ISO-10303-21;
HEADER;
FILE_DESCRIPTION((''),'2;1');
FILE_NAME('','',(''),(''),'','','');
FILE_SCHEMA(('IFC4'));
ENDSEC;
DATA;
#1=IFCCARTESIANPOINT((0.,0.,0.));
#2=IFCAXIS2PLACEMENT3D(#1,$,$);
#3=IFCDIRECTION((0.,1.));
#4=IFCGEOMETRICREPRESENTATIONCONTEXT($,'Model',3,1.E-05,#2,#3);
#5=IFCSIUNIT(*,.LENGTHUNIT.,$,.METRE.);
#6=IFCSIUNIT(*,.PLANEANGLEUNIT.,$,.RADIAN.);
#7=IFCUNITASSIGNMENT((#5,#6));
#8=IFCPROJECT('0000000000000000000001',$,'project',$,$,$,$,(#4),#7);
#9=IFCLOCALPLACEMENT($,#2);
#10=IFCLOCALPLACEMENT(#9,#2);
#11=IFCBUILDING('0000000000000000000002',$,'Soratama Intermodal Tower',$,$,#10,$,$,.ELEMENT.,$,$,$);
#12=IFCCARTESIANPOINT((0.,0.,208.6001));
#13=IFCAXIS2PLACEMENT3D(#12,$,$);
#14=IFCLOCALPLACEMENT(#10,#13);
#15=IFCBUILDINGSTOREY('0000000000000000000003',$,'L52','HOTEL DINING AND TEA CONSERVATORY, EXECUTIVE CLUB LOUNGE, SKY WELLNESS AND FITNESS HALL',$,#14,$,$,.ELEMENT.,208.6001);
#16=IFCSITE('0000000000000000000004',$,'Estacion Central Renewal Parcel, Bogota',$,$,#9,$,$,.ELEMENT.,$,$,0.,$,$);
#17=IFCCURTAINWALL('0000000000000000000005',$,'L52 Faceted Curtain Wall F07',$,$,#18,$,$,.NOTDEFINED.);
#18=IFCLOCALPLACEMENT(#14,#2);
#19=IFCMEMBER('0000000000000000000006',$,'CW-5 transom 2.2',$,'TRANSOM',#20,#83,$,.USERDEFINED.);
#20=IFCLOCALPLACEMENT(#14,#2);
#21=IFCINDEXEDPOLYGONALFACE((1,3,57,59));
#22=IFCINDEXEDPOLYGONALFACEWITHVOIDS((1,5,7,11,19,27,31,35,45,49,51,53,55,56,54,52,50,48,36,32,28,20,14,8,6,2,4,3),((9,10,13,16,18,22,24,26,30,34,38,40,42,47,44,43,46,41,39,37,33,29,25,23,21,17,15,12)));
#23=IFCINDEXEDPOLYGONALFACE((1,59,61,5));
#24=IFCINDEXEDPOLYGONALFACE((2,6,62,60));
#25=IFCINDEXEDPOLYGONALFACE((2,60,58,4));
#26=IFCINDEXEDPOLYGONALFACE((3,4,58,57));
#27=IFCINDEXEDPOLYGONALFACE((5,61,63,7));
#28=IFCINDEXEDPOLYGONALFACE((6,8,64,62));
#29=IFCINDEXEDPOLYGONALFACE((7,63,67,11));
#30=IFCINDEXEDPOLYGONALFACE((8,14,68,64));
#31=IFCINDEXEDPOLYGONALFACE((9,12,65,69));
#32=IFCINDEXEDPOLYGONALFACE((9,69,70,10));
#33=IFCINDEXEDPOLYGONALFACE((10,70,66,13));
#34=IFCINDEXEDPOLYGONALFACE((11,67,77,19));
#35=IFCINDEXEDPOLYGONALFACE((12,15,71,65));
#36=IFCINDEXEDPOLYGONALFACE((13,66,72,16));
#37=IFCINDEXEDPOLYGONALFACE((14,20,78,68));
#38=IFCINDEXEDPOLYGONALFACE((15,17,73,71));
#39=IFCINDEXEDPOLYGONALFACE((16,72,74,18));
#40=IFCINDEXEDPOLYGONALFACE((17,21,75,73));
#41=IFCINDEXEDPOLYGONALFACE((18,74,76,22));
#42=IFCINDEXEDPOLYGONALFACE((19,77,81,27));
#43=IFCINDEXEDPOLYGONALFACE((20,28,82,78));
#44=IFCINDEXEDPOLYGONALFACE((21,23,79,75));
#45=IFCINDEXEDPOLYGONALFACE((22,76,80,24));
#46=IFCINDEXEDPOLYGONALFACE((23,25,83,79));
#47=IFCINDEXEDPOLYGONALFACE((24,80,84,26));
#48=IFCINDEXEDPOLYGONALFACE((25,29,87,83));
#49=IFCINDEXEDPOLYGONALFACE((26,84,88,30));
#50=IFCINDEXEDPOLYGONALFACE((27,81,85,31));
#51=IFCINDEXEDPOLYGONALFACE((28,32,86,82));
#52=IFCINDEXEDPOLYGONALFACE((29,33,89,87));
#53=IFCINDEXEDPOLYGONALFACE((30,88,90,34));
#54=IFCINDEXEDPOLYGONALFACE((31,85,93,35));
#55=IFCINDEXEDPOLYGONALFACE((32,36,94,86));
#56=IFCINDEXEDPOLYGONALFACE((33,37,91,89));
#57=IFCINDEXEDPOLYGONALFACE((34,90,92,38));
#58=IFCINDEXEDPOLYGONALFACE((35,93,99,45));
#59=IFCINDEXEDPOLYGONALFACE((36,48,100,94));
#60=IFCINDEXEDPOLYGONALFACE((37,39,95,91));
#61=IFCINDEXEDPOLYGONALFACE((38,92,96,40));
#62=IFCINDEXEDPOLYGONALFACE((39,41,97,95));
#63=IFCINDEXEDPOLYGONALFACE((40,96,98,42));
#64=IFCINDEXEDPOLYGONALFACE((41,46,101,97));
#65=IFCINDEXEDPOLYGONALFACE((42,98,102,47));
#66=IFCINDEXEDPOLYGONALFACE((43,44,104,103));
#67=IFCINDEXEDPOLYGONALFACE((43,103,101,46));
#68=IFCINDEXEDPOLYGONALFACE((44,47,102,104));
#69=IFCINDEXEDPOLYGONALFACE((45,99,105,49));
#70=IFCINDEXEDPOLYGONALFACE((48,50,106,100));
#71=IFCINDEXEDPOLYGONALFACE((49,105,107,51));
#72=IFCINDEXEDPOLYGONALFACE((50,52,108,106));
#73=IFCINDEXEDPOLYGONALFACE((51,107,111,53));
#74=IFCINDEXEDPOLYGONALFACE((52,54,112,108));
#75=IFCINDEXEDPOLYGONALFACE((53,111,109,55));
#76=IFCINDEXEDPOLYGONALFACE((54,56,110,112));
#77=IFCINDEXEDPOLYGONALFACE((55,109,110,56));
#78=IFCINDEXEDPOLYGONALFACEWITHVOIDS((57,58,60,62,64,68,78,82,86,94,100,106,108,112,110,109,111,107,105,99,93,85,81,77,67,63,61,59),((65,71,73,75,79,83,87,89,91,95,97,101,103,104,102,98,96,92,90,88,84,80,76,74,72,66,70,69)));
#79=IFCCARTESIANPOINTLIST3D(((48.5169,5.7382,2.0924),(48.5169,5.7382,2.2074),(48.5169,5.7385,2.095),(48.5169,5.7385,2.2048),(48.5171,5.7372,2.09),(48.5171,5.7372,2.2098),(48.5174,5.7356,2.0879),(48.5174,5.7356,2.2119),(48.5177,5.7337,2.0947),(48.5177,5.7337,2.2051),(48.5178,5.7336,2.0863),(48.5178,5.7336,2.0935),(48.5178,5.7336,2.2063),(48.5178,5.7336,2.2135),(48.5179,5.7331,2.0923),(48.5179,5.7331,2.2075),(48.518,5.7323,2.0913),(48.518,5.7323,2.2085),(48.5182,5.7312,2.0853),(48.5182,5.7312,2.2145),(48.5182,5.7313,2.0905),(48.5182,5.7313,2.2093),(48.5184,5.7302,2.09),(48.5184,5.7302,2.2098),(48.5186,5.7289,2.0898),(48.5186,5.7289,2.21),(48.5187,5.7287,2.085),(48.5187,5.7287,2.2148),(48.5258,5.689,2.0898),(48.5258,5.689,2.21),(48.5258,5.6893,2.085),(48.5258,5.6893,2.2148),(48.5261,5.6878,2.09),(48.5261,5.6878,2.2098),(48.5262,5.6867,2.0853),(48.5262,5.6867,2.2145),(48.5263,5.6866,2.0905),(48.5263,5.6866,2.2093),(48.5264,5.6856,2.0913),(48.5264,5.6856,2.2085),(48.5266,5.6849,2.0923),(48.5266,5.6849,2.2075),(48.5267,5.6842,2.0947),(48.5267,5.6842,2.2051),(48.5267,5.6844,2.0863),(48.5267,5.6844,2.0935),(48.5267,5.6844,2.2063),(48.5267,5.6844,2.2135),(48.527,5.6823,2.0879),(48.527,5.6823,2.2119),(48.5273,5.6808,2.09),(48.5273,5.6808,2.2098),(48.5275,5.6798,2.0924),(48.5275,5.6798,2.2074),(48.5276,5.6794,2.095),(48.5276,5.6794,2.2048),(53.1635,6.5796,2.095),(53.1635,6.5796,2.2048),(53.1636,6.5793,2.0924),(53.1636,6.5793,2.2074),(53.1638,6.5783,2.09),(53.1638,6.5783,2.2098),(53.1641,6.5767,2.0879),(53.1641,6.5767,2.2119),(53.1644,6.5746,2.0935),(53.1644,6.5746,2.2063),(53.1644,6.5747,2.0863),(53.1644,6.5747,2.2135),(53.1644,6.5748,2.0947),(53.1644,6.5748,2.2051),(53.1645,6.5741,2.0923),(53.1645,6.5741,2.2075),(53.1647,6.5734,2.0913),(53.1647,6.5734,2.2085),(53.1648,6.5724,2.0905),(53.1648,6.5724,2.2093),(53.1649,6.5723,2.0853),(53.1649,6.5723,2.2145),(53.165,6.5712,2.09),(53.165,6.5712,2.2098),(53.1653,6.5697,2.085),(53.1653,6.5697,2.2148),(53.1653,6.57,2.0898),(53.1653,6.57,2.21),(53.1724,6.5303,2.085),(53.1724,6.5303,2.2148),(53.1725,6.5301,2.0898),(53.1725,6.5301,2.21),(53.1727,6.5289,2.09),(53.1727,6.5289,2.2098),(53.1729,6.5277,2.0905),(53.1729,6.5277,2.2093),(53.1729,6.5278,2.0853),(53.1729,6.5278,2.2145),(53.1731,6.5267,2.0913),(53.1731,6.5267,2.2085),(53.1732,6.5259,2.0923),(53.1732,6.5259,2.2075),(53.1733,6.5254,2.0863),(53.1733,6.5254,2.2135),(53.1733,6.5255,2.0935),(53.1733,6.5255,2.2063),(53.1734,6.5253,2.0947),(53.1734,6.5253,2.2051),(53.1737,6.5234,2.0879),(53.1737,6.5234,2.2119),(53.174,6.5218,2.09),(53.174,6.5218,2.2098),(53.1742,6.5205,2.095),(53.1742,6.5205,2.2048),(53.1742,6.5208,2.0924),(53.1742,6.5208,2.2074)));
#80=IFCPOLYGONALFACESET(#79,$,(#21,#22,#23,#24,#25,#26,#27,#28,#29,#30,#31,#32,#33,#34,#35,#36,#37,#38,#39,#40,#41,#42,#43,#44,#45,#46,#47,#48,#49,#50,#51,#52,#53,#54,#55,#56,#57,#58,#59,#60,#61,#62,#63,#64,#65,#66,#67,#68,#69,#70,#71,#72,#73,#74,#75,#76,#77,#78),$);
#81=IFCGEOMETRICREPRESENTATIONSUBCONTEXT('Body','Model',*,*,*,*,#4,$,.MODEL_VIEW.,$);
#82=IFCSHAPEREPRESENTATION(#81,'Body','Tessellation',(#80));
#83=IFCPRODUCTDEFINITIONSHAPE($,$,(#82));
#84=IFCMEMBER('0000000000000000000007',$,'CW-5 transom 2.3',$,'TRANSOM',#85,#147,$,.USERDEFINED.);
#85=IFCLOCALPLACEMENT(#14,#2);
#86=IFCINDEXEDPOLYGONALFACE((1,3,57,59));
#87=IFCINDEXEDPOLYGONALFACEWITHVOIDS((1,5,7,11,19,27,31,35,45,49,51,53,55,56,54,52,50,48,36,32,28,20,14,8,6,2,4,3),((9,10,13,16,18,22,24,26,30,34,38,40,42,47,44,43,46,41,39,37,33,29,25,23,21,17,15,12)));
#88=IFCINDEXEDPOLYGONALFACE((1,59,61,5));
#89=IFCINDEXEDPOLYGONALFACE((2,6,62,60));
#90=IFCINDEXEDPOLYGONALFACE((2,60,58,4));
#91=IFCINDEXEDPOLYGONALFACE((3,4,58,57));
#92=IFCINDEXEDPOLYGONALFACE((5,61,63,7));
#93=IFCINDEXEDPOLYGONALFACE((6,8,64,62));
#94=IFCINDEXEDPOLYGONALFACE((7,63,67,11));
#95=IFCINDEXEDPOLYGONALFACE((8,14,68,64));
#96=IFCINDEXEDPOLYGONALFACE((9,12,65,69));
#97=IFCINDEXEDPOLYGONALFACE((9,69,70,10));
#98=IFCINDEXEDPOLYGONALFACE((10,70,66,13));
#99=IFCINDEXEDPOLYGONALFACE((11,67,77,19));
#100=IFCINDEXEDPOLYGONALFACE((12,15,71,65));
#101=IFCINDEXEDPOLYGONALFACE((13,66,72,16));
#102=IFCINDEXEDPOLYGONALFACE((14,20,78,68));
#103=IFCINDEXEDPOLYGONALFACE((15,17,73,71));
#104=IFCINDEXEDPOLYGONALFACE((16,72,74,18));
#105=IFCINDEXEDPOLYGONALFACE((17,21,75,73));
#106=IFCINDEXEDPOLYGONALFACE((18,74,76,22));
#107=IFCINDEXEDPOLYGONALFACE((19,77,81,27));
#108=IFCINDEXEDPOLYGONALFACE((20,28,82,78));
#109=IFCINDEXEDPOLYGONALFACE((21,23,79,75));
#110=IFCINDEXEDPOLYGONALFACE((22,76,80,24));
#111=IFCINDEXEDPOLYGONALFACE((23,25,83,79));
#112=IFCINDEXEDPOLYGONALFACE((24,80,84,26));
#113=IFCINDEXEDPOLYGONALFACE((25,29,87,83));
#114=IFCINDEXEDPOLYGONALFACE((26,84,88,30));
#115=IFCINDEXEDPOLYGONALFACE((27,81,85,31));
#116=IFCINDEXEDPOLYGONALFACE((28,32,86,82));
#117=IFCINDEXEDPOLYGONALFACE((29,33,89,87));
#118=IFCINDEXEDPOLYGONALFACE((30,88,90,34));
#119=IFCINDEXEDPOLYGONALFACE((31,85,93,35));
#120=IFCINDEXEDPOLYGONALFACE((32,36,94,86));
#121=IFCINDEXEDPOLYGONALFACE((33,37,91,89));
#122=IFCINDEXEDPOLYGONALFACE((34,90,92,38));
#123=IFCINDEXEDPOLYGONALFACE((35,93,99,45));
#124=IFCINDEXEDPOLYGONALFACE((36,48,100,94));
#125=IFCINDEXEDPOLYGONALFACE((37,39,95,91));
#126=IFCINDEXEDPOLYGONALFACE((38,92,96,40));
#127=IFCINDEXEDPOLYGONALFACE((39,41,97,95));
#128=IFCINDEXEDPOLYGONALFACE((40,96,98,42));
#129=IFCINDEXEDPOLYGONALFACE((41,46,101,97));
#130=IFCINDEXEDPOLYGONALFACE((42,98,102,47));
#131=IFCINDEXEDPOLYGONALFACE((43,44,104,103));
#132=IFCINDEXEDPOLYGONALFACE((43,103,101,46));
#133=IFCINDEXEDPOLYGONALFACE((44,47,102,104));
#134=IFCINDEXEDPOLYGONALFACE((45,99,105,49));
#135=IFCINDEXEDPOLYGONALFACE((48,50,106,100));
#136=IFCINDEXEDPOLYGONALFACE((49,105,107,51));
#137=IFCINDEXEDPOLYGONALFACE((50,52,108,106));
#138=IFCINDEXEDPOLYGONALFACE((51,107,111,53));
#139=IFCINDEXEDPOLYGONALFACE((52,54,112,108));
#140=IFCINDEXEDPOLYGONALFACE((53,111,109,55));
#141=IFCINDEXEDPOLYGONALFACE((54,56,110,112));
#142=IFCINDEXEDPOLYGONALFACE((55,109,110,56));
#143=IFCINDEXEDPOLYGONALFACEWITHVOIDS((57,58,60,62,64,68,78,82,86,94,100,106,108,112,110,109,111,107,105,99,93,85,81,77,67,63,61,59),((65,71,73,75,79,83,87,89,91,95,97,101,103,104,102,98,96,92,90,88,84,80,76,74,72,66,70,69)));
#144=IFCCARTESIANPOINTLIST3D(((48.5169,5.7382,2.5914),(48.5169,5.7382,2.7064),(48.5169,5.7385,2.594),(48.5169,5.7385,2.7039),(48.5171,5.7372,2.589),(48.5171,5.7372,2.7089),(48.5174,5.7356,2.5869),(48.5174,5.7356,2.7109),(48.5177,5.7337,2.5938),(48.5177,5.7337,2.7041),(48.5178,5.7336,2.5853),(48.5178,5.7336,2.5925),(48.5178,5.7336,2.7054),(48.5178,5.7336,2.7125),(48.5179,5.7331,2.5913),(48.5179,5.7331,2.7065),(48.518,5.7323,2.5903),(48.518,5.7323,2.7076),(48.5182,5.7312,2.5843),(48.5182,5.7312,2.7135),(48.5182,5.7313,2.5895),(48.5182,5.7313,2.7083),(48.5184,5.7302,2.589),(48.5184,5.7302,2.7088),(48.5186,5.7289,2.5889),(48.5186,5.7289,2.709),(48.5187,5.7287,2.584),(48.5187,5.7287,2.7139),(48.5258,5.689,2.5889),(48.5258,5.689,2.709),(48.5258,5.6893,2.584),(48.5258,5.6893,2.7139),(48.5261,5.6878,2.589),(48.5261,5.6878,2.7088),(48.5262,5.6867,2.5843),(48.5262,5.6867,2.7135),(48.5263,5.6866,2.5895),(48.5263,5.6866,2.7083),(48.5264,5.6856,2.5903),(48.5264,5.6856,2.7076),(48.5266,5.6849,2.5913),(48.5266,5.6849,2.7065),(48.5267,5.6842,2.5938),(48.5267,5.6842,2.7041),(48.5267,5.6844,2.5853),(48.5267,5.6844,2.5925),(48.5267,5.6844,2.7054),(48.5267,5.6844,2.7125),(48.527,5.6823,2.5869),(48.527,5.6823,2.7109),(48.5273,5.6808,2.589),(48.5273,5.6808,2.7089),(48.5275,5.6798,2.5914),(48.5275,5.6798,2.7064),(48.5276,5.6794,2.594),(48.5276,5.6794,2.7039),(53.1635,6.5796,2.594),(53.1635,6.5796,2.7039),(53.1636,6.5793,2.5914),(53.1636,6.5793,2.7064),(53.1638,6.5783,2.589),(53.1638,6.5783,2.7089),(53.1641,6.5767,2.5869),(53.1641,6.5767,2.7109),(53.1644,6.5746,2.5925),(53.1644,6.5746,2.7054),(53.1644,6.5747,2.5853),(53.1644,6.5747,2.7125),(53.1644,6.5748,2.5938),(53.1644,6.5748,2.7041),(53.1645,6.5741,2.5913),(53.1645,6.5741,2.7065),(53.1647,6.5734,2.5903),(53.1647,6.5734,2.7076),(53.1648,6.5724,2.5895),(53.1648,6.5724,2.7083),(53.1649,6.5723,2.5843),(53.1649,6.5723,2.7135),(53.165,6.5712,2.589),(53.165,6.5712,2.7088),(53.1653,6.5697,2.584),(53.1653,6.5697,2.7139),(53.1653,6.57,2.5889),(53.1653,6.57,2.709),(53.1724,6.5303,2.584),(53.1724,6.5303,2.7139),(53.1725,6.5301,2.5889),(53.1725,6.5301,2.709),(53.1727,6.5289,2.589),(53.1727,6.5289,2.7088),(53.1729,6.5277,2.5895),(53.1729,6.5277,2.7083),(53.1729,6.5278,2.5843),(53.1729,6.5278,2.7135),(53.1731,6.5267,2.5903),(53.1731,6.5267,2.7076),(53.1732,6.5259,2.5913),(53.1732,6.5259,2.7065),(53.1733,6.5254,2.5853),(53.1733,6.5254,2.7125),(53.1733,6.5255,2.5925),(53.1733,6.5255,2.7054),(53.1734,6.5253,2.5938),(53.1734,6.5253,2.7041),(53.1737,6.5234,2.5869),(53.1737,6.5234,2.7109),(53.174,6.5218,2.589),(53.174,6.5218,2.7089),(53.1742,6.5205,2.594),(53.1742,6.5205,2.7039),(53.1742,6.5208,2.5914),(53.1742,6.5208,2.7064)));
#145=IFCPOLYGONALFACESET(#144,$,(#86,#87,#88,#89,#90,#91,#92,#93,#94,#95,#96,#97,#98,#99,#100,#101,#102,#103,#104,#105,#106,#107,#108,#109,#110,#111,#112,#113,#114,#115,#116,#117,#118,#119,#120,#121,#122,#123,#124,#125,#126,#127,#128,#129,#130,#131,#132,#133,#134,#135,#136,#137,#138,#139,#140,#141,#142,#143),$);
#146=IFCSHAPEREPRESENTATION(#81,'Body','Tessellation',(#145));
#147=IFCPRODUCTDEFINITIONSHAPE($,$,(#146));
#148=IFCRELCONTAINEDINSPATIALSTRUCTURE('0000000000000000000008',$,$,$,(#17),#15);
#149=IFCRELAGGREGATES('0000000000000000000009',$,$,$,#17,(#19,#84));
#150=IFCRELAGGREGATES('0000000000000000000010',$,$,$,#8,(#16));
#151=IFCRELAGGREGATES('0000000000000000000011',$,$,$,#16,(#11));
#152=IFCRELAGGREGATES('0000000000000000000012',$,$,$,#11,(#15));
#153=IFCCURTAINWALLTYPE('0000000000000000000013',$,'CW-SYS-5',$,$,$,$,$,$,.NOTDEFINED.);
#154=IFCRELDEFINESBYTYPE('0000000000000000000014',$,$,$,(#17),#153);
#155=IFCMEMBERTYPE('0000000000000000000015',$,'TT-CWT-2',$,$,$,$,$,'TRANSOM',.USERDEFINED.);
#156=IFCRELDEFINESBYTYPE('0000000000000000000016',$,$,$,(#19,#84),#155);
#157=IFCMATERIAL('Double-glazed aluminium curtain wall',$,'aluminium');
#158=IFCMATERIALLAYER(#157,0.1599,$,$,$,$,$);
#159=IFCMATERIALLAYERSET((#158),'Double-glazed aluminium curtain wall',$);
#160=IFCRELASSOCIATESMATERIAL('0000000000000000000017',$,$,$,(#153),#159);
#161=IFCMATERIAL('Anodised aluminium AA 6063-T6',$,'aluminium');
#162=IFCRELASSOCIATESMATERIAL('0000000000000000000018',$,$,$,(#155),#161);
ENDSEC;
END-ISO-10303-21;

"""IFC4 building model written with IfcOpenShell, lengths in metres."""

from ifc_helpers import new_model, si_unit, direction, frame, origin, origin_2d, place, context, subcontext, project, spatial, hollow_rectangle, extrude, material, layer, layer_set, material_profile, profile_set, type_object, element, aggregate, save


model = new_model("IFC4")

# Units and contexts
model_context = context("Model", 3, precision=1e-05, world=origin(), true_north=direction((0.0, 1.0)))
body_context = subcontext(model_context, "Body", "Model", "MODEL_VIEW")
ifc_project = project(units=[si_unit("LENGTHUNIT", "METRE"), si_unit("PLANEANGLEUNIT", "RADIAN")], contexts=[model_context])

# Site, building, storey
site_placement = place(None, origin())
site = spatial("IfcSite", under=ifc_project, at=site_placement, Name="Estacion Central Renewal Parcel, Bogota", CompositionType="ELEMENT", RefElevation=0.0)
building_placement = place(site_placement, origin())
building = spatial("IfcBuilding", under=site, at=building_placement, Name="Soratama Intermodal Tower", CompositionType="ELEMENT")
storey_placement = place(building_placement, frame((0.0, 0.0, 208.6001)))
storey = spatial("IfcBuildingStorey", under=building, at=storey_placement, Name="L52", Description="HOTEL DINING AND TEA CONSERVATORY, EXECUTIVE CLUB LOUNGE, SKY WELLNESS AND FITNESS HALL", CompositionType="ELEMENT", Elevation=208.6001)

# Curtain wall
ifc_material_1 = material(Name="Double-glazed aluminium curtain wall", Category="aluminium")
ifc_layer_1 = layer(ifc_material_1, 0.1599)
ifc_layer_set_1 = layer_set([ifc_layer_1], Name="Double-glazed aluminium curtain wall")
curtain_wall_type = type_object("IfcCurtainWallType", Name="CW-SYS-5", PredefinedType="NOTDEFINED", material=ifc_layer_set_1)
curtain_wall_1_placement = place(storey_placement, origin())
curtain_wall_1 = element("IfcCurtainWall", 1, at=curtain_wall_1_placement, inside=storey, type_object=curtain_wall_type, Name="L52 Faceted Curtain Wall F07", PredefinedType="NOTDEFINED")

# Members
ifc_material_2 = material(Name="Anodised aluminium AA 6063-T6", Category="aluminium")
ifc_material_profile_1 = material_profile(ifc_material_2, hollow_rectangle(XDim=0.0601, YDim=0.1299, WallThickness=0.0049, InnerFilletRadius=0.0049, OuterFilletRadius=0.01, at=origin_2d()), Name="CWT130X60X5")
ifc_profile_set_1 = profile_set([ifc_material_profile_1], Name="Anodised aluminium AA 6063-T6")
member_type_1 = type_object("IfcMemberType", Name="TT-CWT-2", ElementType="TRANSOM", PredefinedType="USERDEFINED", material=ifc_profile_set_1)
member_1_placement = place(storey_placement, frame((48.5222, 5.709, 2.1499), z_axis=(0.984011, 0.178107, 0.0), x_axis=(-0.178107, 0.984011, 0.0)))
member_1 = element("IfcMember", 2, at=member_1_placement, type_object=member_type_1, Name="CW-5 transom 2.2", ObjectType="TRANSOM", PredefinedType="USERDEFINED", context=body_context, shape_type="SweptSolid", body=[
    extrude(hollow_rectangle(XDim=0.0601, YDim=0.1299, WallThickness=0.0049, InnerFilletRadius=0.0049, OuterFilletRadius=0.01, at=origin_2d()), origin(), (0.0, 0.0, 1.0), 4.7222),
])
member_2_placement = place(storey_placement, frame((48.5222, 5.709, 2.6489), z_axis=(0.984011, 0.178107, 0.0), x_axis=(-0.178107, 0.984011, 0.0)))
member_2 = element("IfcMember", 3, at=member_2_placement, type_object=member_type_1, Name="CW-5 transom 2.3", ObjectType="TRANSOM", PredefinedType="USERDEFINED", context=body_context, shape_type="SweptSolid", body=[
    extrude(hollow_rectangle(XDim=0.0601, YDim=0.1299, WallThickness=0.0049, InnerFilletRadius=0.0049, OuterFilletRadius=0.01, at=origin_2d()), origin(), (0.0, 0.0, 1.0), 4.7222),
])

aggregate(curtain_wall_1, [member_1, member_2])

save(model, "model.ifc")
